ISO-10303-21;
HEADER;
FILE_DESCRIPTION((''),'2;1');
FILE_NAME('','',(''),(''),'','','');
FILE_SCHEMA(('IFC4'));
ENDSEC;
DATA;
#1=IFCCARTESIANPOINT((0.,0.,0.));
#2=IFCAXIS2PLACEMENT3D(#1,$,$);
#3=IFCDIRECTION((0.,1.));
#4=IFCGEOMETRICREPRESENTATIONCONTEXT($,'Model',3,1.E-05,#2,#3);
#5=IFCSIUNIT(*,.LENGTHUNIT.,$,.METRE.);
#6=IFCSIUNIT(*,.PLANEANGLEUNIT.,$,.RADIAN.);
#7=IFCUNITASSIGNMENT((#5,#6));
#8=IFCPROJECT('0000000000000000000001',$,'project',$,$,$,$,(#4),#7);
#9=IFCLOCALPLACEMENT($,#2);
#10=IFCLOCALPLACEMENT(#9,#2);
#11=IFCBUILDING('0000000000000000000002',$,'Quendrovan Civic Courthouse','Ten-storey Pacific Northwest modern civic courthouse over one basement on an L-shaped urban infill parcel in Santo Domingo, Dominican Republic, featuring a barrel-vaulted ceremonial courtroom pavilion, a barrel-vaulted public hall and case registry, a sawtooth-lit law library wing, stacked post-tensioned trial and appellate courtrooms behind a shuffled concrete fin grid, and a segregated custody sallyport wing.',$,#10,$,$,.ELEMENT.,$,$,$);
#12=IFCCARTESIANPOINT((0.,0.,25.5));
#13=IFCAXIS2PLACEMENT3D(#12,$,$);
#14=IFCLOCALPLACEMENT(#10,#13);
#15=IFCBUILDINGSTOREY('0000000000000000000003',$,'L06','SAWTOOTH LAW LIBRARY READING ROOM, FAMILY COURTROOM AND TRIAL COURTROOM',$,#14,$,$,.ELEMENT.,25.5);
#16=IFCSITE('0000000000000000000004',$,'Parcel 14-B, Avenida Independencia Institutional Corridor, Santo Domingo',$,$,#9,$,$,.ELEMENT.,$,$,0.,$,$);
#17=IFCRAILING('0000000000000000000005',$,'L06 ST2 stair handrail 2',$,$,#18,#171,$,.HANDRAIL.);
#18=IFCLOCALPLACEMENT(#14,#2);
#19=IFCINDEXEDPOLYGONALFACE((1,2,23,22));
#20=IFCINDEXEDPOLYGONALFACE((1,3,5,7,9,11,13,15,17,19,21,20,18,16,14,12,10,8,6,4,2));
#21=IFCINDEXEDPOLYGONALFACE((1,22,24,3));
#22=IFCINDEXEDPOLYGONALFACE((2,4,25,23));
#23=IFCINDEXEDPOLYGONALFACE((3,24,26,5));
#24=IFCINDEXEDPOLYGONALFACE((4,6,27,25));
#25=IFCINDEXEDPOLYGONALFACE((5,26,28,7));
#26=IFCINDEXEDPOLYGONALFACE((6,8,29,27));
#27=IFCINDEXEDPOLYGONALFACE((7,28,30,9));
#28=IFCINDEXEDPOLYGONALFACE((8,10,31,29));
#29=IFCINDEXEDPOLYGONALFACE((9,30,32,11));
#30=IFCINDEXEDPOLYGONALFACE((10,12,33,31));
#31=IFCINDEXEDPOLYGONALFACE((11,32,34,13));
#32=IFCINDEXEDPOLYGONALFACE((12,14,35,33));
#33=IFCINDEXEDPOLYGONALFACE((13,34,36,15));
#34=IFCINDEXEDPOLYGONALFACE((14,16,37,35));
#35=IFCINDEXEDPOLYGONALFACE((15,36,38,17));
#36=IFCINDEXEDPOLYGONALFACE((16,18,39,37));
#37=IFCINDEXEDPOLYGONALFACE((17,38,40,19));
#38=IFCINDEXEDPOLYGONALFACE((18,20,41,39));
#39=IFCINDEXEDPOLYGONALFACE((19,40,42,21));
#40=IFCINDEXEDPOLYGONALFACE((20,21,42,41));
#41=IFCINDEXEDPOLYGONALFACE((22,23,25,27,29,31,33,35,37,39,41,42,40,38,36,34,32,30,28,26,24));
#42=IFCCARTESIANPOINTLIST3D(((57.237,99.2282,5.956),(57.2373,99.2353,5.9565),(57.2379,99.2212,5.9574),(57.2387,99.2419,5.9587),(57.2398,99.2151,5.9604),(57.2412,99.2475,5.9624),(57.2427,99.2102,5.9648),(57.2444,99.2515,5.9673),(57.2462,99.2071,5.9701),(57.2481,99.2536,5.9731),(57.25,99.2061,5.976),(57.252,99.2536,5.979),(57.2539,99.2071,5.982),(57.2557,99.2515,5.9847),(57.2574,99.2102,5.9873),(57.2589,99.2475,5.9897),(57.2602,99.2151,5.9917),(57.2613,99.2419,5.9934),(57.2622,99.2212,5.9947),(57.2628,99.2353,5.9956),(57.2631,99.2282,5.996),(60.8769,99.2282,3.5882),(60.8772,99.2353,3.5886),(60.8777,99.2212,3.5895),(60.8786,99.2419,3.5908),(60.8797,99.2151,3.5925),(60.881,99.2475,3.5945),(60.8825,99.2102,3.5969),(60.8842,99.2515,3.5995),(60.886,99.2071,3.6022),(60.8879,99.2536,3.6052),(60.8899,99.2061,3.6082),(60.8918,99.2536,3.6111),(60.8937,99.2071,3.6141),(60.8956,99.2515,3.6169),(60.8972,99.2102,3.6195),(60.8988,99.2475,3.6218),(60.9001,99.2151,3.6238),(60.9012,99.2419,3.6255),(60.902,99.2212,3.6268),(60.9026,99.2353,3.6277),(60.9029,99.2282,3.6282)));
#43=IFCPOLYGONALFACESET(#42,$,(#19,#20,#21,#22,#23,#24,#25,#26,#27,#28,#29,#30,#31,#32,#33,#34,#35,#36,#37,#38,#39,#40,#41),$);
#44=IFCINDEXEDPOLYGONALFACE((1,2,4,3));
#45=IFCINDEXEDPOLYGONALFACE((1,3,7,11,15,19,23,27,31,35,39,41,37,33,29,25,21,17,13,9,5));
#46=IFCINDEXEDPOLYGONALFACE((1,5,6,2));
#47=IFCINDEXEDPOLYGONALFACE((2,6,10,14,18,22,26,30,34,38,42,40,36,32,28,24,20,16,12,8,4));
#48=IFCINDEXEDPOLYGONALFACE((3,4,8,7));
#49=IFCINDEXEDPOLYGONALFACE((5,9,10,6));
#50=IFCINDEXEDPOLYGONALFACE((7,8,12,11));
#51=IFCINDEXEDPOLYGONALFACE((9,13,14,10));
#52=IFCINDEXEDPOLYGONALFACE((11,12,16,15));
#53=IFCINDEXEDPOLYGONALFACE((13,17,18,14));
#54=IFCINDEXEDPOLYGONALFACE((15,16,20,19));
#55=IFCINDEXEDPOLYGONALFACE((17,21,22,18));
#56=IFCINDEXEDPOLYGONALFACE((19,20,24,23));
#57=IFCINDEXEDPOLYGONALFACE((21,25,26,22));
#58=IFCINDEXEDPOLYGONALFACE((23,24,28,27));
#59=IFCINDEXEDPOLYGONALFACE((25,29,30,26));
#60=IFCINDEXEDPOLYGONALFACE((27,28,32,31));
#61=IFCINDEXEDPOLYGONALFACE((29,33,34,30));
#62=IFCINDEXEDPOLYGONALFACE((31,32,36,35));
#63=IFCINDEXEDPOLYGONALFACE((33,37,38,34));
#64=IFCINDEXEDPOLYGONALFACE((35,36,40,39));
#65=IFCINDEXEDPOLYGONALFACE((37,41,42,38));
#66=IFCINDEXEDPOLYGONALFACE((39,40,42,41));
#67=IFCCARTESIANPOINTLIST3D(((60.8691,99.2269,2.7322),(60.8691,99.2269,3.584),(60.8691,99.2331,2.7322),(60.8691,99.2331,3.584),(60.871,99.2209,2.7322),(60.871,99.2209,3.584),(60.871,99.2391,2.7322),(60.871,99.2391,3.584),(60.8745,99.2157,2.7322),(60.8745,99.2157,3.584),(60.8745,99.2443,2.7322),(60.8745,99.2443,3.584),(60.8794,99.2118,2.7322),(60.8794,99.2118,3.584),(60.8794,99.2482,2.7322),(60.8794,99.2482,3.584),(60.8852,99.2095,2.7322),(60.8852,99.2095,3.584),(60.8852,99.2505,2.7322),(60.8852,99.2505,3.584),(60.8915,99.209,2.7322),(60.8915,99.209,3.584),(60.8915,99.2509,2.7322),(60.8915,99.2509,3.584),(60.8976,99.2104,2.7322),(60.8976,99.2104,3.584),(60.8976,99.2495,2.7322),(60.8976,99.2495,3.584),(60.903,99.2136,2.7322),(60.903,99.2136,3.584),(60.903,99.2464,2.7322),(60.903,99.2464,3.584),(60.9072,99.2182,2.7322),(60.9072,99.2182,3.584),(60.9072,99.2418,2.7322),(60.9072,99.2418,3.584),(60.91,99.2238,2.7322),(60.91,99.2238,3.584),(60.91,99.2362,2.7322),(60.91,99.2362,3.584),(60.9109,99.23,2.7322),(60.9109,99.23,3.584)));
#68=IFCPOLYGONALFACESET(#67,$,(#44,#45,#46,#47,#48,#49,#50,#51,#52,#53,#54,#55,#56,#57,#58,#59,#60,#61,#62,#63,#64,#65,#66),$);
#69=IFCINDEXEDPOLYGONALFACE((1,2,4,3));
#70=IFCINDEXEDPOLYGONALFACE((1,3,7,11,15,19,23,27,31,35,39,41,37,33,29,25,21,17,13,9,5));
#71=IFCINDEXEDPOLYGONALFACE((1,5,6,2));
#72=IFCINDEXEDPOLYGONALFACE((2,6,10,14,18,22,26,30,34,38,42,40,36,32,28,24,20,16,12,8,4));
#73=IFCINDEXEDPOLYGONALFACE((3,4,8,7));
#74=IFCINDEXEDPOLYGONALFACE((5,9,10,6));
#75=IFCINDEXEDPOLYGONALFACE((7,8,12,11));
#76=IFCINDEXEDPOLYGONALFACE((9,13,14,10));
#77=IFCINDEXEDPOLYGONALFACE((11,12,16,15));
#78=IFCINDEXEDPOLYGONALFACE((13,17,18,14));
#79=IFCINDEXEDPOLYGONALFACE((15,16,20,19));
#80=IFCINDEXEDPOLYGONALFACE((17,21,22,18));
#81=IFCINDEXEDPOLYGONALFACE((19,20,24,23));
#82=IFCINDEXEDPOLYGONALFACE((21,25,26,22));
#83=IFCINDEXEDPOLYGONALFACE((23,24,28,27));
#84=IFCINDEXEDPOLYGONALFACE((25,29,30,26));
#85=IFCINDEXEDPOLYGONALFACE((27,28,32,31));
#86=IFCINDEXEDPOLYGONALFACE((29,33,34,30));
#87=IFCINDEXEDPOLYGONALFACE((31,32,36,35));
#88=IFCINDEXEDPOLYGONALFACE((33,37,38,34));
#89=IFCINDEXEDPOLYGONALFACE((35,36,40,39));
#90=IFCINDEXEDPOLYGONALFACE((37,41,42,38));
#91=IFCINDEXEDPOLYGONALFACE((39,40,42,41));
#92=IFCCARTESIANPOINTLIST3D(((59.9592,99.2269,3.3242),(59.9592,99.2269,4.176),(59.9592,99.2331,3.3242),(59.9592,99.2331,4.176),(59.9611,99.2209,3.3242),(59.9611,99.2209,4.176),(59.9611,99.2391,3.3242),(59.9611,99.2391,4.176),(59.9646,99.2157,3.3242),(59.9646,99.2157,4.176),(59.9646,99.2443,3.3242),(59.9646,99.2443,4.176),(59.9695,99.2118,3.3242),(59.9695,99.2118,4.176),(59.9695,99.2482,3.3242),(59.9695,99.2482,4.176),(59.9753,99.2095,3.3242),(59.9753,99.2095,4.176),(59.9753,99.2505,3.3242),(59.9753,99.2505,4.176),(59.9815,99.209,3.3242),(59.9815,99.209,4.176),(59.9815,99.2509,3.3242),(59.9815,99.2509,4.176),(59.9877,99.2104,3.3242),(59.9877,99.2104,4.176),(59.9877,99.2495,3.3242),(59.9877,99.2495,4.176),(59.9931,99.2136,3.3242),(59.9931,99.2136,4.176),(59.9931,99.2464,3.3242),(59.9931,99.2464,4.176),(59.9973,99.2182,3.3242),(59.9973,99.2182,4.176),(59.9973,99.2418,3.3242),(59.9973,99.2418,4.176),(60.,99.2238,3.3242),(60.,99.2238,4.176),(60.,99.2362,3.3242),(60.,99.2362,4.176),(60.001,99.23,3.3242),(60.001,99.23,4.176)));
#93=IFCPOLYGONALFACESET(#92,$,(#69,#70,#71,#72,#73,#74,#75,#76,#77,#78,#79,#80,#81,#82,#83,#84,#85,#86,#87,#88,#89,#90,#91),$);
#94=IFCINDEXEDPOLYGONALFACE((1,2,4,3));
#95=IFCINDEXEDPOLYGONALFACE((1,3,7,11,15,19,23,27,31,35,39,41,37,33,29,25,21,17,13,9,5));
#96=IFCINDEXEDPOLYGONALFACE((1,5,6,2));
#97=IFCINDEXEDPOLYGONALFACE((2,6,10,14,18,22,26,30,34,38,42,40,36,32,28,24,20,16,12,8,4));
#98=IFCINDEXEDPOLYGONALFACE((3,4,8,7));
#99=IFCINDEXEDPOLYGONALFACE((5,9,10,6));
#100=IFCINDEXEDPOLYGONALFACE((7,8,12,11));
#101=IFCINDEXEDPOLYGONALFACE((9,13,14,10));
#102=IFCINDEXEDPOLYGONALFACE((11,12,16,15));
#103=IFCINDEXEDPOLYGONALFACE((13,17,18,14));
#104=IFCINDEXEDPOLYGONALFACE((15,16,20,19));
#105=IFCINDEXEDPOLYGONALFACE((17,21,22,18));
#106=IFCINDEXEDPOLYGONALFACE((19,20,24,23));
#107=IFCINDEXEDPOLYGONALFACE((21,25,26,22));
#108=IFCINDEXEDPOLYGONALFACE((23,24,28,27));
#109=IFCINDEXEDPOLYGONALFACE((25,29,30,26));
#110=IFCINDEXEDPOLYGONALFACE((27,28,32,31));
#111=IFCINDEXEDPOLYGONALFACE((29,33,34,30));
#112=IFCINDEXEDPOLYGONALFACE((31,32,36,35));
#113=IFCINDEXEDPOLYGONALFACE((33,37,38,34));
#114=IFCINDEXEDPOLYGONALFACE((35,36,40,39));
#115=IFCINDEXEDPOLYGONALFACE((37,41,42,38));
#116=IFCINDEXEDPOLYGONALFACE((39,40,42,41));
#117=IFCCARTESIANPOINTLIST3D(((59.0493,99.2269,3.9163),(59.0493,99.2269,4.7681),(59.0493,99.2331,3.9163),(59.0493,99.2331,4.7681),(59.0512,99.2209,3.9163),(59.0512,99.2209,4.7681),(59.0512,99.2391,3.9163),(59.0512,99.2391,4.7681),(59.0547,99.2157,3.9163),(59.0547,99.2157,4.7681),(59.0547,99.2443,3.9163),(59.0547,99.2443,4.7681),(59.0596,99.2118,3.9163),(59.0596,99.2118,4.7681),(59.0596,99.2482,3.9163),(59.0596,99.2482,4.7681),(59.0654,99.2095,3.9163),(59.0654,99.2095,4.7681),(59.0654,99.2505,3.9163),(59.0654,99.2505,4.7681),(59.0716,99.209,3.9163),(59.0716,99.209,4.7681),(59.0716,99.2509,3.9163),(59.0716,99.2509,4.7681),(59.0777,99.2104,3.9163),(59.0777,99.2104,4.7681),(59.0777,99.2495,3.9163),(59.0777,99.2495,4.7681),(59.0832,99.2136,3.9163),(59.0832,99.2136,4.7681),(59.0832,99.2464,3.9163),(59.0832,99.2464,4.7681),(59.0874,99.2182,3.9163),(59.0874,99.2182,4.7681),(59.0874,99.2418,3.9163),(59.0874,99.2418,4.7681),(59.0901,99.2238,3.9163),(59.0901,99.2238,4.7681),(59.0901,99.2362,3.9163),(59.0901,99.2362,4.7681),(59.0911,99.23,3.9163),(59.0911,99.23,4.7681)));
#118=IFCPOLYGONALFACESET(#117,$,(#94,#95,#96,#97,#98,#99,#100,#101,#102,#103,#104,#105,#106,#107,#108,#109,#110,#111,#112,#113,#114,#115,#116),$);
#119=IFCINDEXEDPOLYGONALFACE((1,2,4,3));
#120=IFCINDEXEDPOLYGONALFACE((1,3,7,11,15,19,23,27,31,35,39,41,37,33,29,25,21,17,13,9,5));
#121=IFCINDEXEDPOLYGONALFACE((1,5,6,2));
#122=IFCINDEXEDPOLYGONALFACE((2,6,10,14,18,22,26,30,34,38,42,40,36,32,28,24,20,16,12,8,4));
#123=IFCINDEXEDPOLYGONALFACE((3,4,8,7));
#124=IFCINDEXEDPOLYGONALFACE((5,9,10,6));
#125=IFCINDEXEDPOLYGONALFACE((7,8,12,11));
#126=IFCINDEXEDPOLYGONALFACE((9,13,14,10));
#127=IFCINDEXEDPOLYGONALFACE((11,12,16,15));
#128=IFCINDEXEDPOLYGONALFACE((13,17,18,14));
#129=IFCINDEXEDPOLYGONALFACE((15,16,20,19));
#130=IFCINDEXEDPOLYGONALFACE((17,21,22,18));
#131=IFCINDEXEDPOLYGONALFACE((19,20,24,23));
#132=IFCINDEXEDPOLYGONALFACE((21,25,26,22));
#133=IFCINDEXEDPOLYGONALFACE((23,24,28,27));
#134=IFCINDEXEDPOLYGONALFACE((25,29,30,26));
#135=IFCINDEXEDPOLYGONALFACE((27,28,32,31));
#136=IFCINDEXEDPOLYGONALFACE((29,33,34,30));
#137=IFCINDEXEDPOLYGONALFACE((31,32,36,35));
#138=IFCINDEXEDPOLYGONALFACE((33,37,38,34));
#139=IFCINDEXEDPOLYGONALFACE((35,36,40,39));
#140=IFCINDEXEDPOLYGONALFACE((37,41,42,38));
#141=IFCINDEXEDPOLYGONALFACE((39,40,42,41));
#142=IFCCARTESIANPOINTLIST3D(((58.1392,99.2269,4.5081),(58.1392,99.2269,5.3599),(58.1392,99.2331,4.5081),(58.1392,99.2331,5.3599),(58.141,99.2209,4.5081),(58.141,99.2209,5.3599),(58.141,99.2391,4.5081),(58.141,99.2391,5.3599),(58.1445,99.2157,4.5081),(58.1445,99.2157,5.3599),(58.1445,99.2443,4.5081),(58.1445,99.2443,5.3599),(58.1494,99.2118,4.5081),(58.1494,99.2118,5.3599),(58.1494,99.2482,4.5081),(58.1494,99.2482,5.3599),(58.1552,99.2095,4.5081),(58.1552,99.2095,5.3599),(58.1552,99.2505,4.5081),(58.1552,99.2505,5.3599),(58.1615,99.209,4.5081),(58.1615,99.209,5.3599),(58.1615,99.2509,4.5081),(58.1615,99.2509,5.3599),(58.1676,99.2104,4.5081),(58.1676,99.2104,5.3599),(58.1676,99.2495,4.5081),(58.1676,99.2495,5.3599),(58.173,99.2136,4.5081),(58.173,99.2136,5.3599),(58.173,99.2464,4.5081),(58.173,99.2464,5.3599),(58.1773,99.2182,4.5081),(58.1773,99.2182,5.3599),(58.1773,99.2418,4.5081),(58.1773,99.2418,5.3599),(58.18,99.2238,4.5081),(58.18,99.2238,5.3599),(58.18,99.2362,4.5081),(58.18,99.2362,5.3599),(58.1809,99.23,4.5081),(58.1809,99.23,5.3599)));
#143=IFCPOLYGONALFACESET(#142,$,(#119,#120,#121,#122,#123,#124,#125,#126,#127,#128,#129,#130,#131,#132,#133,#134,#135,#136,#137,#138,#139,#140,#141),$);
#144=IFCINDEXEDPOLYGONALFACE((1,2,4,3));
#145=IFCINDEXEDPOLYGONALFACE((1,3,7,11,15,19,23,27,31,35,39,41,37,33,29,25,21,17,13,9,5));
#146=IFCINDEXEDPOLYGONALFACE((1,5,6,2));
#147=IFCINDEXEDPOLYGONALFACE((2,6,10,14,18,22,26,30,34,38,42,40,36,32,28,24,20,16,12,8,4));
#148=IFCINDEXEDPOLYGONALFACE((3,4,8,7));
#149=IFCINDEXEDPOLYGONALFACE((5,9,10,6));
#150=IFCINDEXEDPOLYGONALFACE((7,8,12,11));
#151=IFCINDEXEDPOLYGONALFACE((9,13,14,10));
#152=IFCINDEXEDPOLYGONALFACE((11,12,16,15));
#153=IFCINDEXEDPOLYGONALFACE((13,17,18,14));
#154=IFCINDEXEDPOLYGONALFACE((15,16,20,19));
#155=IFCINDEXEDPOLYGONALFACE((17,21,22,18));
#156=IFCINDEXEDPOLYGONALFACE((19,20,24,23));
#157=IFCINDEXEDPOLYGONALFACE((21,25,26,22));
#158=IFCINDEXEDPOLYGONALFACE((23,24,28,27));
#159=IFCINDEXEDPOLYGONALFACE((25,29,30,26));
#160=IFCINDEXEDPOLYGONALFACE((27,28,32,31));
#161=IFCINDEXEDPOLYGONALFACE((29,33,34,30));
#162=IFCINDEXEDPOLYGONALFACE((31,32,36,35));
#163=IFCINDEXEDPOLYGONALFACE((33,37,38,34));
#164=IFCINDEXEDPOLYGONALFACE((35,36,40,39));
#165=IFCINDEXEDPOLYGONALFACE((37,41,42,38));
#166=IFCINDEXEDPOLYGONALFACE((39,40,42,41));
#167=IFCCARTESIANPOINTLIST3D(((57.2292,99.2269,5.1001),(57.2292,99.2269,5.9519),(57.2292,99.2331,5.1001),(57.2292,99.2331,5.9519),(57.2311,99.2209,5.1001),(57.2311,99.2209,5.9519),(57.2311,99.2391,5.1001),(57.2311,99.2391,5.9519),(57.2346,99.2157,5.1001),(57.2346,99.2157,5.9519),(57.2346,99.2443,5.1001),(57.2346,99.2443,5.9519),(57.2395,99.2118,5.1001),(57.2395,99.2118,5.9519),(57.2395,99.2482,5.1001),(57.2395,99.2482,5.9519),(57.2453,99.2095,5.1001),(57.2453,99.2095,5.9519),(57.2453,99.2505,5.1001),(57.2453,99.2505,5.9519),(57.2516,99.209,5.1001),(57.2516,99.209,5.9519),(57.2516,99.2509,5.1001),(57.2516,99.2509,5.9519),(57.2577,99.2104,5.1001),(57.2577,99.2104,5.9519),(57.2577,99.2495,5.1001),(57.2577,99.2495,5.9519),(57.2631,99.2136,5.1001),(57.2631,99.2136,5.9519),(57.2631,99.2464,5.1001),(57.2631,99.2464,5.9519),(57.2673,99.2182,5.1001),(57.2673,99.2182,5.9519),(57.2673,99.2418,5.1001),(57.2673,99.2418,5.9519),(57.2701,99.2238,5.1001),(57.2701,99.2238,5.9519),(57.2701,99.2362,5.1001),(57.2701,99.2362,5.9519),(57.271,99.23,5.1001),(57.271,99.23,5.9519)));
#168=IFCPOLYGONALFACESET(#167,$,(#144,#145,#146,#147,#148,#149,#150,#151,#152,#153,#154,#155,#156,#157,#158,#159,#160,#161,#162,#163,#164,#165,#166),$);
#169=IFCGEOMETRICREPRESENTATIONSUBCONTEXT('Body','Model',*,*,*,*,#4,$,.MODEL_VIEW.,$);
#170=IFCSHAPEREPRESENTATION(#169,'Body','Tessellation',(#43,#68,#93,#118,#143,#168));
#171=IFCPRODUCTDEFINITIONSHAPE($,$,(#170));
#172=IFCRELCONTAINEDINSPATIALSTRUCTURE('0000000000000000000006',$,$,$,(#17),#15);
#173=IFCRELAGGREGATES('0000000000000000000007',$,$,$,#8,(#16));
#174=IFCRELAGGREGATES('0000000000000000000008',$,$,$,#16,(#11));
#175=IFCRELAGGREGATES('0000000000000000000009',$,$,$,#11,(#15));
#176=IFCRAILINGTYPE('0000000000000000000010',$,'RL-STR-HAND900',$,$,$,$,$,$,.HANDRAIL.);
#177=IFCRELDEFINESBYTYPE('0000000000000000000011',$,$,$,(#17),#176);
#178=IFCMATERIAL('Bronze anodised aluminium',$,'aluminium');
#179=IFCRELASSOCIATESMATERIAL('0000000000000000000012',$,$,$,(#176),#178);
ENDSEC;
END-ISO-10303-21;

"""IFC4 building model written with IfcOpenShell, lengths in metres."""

from ifc_helpers import new_model, si_unit, direction, frame, origin, origin_2d, place, context, subcontext, project, spatial, circle, extrude, material, type_object, element, save


model = new_model("IFC4")

# Units and contexts
model_context = context("Model", 3, precision=1e-05, world=origin(), true_north=direction((0.0, 1.0)))
body_context = subcontext(model_context, "Body", "Model", "MODEL_VIEW")
ifc_project = project(units=[si_unit("LENGTHUNIT", "METRE"), si_unit("PLANEANGLEUNIT", "RADIAN")], contexts=[model_context])

# Site, building, storey
site_placement = place(None, origin())
site = spatial("IfcSite", under=ifc_project, at=site_placement, Name="Parcel 14-B, Avenida Independencia Institutional Corridor, Santo Domingo", CompositionType="ELEMENT", RefElevation=0.0)
building_placement = place(site_placement, origin())
building = spatial("IfcBuilding", under=site, at=building_placement, Name="Quendrovan Civic Courthouse", Description="Ten-storey Pacific Northwest modern civic courthouse over one basement on an L-shaped urban infill parcel in Santo Domingo, Dominican Republic, featuring a barrel-vaulted ceremonial courtroom pavilion, a barrel-vaulted public hall and case registry, a sawtooth-lit law library wing, stacked post-tensioned trial and appellate courtrooms behind a shuffled concrete fin grid, and a segregated custody sallyport wing.", CompositionType="ELEMENT")
storey_placement = place(building_placement, frame((0.0, 0.0, 25.5)))
storey = spatial("IfcBuildingStorey", under=building, at=storey_placement, Name="L06", Description="SAWTOOTH LAW LIBRARY READING ROOM, FAMILY COURTROOM AND TRIAL COURTROOM", CompositionType="ELEMENT", Elevation=25.5)

# Railing
ifc_material_1 = material(Name="Bronze anodised aluminium", Category="aluminium")
railing_type_1 = type_object("IfcRailingType", Name="RL-STR-HAND900", PredefinedType="HANDRAIL", material=ifc_material_1)
railing_1_placement = place(storey_placement, frame((60.8899, 99.23, 2.7322)))
element("IfcRailing", 1, at=railing_1_placement, inside=storey, type_object=railing_type_1, Name="L06 ST2 stair handrail 2", PredefinedType="HANDRAIL", context=body_context, shape_type="SweptSolid", body=[
    extrude(circle(Radius=0.0239, at=origin_2d()), frame((0.0, 0.0, 0.876), z_axis=(-0.838234, 0.0, 0.54531), x_axis=(0.0, -1.0, 0.0)), (0.0, 0.0, 1.0), 4.3423),
    extrude(circle(Radius=0.021, at=origin_2d()), origin(), (0.0, 0.0, 1.0), 0.8518),
    extrude(circle(Radius=0.021, at=origin_2d()), frame((-0.9099, 0.0, 0.592)), (0.0, 0.0, 1.0), 0.8518),
    extrude(circle(Radius=0.021, at=origin_2d()), frame((-1.8198, 0.0, 1.1841)), (0.0, 0.0, 1.0), 0.8518),
    extrude(circle(Radius=0.021, at=origin_2d()), frame((-2.73, 0.0, 1.7759)), (0.0, 0.0, 1.0), 0.8518),
    extrude(circle(Radius=0.021, at=origin_2d()), frame((-3.6399, 0.0, 2.3679)), (0.0, 0.0, 1.0), 0.8518),
])

save(model, "model.ifc")
